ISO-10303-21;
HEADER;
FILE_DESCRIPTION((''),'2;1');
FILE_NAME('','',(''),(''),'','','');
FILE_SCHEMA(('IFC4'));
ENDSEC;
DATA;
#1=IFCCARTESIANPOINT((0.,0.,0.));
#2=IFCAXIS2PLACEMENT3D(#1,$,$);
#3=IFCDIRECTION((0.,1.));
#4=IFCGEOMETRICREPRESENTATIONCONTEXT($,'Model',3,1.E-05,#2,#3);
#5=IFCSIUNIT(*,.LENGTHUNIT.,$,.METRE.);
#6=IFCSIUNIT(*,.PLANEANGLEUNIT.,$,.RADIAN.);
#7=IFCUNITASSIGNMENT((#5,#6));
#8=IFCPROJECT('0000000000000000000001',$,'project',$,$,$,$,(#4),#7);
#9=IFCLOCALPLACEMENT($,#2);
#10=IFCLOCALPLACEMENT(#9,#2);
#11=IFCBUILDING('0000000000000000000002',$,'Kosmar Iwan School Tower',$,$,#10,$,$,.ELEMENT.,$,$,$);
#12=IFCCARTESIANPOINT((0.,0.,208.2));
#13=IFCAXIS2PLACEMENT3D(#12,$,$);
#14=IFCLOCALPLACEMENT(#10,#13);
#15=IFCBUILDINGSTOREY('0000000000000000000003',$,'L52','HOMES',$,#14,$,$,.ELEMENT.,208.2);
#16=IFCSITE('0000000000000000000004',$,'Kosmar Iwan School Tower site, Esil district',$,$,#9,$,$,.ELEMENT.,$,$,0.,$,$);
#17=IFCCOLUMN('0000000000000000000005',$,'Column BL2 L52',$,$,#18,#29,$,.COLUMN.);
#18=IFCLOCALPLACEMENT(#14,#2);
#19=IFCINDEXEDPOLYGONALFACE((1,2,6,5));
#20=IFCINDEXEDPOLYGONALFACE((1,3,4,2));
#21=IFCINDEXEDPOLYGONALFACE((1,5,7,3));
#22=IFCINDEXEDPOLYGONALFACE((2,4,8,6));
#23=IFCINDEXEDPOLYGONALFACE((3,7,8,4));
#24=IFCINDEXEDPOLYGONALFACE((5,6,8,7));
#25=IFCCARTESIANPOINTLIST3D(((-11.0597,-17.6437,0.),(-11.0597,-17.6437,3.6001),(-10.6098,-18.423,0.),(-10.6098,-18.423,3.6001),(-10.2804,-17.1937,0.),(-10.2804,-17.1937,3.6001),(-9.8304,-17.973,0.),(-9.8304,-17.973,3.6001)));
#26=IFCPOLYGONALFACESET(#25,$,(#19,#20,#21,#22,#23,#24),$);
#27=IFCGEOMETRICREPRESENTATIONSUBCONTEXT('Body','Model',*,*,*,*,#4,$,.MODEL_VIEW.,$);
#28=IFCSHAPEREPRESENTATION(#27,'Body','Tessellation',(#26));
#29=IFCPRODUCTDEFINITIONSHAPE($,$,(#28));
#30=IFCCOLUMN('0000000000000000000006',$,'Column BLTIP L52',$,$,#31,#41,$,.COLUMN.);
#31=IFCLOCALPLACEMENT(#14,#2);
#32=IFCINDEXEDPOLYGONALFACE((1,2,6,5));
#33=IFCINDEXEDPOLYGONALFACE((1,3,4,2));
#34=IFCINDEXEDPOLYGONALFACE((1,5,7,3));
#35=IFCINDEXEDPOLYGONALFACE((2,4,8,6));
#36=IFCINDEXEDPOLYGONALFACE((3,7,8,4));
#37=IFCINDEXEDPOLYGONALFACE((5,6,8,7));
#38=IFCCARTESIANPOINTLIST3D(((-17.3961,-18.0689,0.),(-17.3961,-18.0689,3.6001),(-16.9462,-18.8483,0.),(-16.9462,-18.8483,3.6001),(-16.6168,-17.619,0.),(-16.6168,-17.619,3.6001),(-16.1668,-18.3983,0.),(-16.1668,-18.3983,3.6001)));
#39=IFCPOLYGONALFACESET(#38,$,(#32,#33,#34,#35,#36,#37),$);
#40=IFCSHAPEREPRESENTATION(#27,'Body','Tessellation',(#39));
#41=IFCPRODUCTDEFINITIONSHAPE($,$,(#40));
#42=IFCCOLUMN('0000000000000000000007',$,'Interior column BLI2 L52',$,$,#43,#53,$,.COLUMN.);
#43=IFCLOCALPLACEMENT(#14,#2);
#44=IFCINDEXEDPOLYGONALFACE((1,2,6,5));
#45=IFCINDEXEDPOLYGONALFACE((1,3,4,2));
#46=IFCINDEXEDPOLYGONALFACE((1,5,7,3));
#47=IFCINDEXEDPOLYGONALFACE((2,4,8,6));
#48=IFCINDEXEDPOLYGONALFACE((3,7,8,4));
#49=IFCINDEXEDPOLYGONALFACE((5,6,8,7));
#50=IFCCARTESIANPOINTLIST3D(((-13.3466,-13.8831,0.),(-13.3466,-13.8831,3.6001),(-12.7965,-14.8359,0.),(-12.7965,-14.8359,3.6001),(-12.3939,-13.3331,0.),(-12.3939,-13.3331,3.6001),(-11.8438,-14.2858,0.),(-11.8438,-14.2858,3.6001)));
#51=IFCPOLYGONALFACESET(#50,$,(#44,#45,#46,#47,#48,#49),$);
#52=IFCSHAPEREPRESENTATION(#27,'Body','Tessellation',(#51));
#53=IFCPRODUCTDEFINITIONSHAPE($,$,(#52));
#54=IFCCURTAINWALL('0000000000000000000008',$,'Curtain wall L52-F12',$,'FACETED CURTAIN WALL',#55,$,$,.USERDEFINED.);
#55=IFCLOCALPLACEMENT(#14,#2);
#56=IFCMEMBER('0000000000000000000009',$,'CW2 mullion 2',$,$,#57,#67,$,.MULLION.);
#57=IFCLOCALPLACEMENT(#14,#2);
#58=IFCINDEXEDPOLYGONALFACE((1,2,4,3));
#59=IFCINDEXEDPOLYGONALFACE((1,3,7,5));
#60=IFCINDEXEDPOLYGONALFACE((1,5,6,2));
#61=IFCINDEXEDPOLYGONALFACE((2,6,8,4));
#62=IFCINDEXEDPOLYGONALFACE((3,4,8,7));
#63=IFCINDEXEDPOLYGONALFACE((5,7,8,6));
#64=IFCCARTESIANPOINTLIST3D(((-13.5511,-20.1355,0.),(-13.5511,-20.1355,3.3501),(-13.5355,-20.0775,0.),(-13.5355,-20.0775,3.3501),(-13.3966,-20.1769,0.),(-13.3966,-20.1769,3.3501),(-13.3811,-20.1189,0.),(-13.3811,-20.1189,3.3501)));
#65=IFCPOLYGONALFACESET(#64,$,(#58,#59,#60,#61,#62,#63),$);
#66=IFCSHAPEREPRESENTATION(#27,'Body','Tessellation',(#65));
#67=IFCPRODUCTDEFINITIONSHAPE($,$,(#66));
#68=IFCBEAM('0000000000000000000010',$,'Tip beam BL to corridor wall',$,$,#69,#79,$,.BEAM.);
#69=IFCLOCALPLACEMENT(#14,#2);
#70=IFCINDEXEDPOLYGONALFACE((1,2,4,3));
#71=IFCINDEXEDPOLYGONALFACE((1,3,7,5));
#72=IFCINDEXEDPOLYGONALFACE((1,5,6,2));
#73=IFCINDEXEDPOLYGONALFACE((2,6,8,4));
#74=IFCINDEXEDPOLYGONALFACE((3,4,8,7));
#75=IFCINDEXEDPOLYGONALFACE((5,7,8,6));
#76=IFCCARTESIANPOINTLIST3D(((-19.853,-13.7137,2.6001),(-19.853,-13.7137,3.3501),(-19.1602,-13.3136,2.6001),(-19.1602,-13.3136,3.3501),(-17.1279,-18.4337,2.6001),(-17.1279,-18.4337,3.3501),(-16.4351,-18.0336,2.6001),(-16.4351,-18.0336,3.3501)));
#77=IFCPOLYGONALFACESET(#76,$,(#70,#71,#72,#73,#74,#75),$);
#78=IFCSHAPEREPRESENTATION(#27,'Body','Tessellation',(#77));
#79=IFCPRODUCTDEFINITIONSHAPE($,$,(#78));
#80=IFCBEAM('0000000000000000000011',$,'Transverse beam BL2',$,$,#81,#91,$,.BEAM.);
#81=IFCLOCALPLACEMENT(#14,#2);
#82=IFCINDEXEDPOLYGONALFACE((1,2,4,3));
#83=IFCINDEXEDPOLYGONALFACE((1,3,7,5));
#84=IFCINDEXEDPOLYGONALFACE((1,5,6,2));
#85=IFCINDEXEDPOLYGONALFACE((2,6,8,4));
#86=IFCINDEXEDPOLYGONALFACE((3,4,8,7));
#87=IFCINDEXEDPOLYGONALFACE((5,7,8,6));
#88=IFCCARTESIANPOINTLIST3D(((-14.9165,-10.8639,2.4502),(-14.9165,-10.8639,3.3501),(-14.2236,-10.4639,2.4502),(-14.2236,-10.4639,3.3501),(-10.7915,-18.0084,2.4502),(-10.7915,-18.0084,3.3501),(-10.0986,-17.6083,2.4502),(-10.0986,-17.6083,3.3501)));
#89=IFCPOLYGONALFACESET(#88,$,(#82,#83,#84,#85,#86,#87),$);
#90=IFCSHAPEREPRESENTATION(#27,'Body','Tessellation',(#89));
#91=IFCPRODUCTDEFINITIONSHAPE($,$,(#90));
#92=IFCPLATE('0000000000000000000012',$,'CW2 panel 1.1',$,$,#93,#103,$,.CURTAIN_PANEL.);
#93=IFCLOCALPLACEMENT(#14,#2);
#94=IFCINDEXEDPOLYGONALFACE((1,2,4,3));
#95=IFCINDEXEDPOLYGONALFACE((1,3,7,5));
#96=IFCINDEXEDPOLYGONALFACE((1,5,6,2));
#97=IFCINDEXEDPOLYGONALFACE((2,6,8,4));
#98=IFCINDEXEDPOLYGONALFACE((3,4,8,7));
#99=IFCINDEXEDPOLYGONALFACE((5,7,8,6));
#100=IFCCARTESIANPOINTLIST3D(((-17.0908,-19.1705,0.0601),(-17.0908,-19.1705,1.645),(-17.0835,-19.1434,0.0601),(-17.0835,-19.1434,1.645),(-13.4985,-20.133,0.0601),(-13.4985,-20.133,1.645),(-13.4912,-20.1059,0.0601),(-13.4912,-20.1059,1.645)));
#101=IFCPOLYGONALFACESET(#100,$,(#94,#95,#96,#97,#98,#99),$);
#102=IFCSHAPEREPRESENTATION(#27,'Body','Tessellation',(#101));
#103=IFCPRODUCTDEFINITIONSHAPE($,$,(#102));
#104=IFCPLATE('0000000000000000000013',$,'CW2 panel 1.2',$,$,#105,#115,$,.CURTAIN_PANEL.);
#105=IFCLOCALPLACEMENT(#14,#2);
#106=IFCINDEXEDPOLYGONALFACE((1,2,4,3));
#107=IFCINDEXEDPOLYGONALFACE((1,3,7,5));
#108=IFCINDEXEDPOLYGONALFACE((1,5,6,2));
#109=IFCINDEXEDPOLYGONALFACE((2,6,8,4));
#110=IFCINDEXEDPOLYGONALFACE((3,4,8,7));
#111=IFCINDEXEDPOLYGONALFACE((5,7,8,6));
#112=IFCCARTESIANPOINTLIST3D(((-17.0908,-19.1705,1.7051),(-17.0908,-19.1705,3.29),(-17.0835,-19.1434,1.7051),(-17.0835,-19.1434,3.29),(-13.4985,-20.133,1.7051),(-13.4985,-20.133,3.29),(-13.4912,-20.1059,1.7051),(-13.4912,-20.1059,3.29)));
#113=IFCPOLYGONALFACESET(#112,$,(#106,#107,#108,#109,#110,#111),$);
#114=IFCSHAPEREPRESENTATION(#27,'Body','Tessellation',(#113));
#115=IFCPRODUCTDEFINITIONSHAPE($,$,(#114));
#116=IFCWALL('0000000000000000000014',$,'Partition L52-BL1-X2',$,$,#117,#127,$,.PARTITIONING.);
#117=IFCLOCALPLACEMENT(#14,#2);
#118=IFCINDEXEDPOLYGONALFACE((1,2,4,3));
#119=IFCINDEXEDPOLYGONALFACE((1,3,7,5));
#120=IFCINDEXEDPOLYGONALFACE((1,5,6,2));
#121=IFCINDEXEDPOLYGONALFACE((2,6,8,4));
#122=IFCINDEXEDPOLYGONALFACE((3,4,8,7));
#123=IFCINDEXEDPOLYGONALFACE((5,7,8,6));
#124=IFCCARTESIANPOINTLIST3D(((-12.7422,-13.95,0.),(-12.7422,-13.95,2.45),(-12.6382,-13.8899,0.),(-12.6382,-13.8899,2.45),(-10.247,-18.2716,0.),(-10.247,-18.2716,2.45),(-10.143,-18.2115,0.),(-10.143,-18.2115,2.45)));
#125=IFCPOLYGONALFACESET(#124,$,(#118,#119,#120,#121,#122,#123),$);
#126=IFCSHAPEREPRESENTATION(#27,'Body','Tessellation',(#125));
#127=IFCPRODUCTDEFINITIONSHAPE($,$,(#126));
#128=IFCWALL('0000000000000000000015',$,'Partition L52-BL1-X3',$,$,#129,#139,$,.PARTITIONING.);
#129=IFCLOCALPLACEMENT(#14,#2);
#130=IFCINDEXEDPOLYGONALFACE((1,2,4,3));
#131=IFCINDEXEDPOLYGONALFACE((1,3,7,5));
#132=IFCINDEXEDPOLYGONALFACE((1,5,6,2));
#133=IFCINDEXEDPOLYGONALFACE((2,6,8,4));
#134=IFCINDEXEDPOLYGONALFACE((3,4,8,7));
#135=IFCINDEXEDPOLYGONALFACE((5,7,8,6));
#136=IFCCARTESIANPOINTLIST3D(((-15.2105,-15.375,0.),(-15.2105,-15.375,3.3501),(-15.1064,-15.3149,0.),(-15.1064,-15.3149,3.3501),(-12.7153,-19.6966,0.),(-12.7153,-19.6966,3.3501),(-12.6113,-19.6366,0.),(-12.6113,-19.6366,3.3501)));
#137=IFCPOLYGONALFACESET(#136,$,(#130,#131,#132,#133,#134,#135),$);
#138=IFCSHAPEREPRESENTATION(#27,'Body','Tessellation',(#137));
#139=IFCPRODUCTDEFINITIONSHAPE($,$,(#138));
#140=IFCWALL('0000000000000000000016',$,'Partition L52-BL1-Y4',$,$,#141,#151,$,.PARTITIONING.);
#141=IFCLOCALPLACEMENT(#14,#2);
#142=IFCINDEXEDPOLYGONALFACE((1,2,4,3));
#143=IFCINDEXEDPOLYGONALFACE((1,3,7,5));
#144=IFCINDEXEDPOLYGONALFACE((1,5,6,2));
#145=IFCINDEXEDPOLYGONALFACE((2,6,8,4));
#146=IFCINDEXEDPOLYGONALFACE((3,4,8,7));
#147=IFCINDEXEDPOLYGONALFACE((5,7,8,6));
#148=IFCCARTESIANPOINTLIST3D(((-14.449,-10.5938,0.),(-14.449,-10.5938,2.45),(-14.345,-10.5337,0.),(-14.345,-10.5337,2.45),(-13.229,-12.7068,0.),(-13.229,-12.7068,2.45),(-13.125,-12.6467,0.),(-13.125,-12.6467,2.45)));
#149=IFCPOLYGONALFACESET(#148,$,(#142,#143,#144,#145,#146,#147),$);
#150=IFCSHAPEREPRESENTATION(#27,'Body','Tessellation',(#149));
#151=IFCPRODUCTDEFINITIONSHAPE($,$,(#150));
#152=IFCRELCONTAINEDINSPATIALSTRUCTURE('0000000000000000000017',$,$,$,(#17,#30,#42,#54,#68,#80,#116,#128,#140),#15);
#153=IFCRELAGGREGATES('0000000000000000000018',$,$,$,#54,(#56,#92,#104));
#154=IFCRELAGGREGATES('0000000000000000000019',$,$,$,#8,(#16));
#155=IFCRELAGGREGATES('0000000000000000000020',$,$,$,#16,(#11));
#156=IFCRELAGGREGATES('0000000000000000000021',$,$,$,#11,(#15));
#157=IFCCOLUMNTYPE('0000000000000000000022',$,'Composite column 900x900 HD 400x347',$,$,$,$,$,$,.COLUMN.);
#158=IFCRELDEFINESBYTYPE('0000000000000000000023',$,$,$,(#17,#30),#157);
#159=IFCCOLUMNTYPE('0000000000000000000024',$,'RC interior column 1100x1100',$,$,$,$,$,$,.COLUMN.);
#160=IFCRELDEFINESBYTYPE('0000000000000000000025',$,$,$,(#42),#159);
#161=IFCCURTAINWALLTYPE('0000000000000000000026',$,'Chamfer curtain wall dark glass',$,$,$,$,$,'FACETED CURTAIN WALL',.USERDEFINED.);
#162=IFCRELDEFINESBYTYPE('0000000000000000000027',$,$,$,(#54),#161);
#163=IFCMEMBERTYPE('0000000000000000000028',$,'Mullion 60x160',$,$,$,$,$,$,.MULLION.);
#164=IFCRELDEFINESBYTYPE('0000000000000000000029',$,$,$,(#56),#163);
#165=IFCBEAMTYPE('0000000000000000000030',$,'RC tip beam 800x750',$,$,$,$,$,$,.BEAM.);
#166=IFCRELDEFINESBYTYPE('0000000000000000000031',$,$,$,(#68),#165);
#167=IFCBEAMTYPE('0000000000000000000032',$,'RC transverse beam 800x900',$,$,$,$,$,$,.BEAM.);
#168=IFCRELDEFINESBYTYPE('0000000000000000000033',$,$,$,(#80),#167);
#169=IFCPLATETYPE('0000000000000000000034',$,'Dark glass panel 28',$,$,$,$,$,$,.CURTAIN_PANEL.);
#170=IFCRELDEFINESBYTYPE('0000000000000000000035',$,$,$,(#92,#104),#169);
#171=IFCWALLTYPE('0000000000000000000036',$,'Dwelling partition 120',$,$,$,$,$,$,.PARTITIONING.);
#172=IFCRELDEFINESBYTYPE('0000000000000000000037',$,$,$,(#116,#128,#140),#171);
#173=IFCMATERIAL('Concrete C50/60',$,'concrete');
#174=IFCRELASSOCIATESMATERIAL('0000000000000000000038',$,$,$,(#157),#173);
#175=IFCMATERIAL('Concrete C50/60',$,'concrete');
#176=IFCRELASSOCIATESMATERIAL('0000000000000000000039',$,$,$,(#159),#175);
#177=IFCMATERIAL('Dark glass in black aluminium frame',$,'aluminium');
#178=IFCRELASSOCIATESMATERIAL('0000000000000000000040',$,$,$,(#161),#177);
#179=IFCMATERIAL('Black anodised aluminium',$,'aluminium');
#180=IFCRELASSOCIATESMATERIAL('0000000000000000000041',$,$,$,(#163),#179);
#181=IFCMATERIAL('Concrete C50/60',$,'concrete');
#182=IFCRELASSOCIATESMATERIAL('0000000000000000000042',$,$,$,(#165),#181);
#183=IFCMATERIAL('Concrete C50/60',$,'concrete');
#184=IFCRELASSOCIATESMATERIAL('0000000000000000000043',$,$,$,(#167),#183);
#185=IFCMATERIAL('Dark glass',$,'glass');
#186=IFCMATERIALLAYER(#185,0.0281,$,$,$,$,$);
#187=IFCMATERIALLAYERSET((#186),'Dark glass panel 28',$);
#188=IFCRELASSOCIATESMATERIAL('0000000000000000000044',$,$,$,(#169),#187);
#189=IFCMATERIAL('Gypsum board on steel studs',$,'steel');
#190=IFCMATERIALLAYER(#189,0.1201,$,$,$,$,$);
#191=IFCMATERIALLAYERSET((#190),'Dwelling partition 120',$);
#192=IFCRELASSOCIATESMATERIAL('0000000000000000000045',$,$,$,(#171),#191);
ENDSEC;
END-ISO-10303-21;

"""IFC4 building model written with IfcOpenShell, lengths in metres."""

from ifc_helpers import new_model, si_unit, direction, frame, frame_2d, origin, origin_2d, place, context, subcontext, project, spatial, rectangle, extrude, material, layer, layer_set, material_profile, profile_set, type_object, element, aggregate, save


model = new_model("IFC4")

# Units and contexts
model_context = context("Model", 3, precision=1e-05, world=origin(), true_north=direction((0.0, 1.0)))
body_context = subcontext(model_context, "Body", "Model", "MODEL_VIEW")
ifc_project = project(units=[si_unit("LENGTHUNIT", "METRE"), si_unit("PLANEANGLEUNIT", "RADIAN")], contexts=[model_context])

# Site, building, storey
site_placement = place(None, origin())
site = spatial("IfcSite", under=ifc_project, at=site_placement, Name="Kosmar Iwan School Tower site, Esil district", CompositionType="ELEMENT", RefElevation=0.0)
building_placement = place(site_placement, origin())
building = spatial("IfcBuilding", under=site, at=building_placement, Name="Kosmar Iwan School Tower", CompositionType="ELEMENT")
storey_placement = place(building_placement, frame((0.0, 0.0, 208.2)))
storey = spatial("IfcBuildingStorey", under=building, at=storey_placement, Name="L52", Description="HOMES", CompositionType="ELEMENT", Elevation=208.2)

# Columns
ifc_material_1 = material(Name="Concrete C50/60", Category="concrete")
ifc_material_profile_1 = material_profile(ifc_material_1, rectangle(XDim=0.8999, YDim=0.8999, at=origin_2d()), Name="RC 900x900 + HD 400x347")
ifc_profile_set_1 = profile_set([ifc_material_profile_1], Name="Concrete C50/60")
column_type_1 = type_object("IfcColumnType", Name="Composite column 900x900 HD 400x347", PredefinedType="COLUMN", material=ifc_profile_set_1)
for number, where, z_axis, x_axis, name in (
    (1, (-10.4451, -17.8083, 0.0), (0.0, 0.0, 1.0), (-0.866025, -0.5, 0.0), "Column BL2 L52"),
    (2, (-16.7815, -18.2336, 0.0), (0.0, 0.0, 1.0), (-0.866025, -0.5, 0.0), "Column BLTIP L52"),
):
    element("IfcColumn", number, at=place(storey_placement, frame(where, z_axis=z_axis, x_axis=x_axis)), inside=storey, type_object=column_type_1, Name=name, PredefinedType="COLUMN", context=body_context, shape_type="SweptSolid", body=[
        extrude(rectangle(XDim=0.8999, YDim=0.8999, at=origin_2d()), origin(), (0.0, 0.0, 1.0), 3.6001),
    ])
ifc_material_2 = material(Name="Concrete C50/60", Category="concrete")
ifc_material_profile_2 = material_profile(ifc_material_2, rectangle(XDim=1.1001, YDim=1.1001, at=origin_2d()), Name="RC 1100x1100")
ifc_profile_set_2 = profile_set([ifc_material_profile_2], Name="Concrete C50/60")
column_type_2 = type_object("IfcColumnType", Name="RC interior column 1100x1100", PredefinedType="COLUMN", material=ifc_profile_set_2)
column_placement = place(storey_placement, frame((-12.5952, -14.0845, 0.0), z_axis=(0.0, 0.0, 1.0), x_axis=(-0.866025, -0.5, 0.0)))
element("IfcColumn", 3, at=column_placement, inside=storey, type_object=column_type_2, Name="Interior column BLI2 L52", PredefinedType="COLUMN", context=body_context, shape_type="SweptSolid", body=[
    extrude(rectangle(XDim=1.1001, YDim=1.1001, at=origin_2d()), origin(), (0.0, 0.0, 1.0), 3.6001),
])

# Curtain wall, member
ifc_material_3 = material(Name="Dark glass in black aluminium frame", Category="aluminium")
curtain_wall_type = type_object("IfcCurtainWallType", Name="Chamfer curtain wall dark glass", ElementType="FACETED CURTAIN WALL", PredefinedType="USERDEFINED", material=ifc_material_3)
curtain_wall_placement = place(storey_placement, origin())
curtain_wall = element("IfcCurtainWall", 4, at=curtain_wall_placement, inside=storey, type_object=curtain_wall_type, Name="Curtain wall L52-F12", ObjectType="FACETED CURTAIN WALL", PredefinedType="USERDEFINED")
ifc_material_4 = material(Name="Black anodised aluminium", Category="aluminium")
ifc_material_profile_3 = material_profile(ifc_material_4, rectangle(XDim=0.0601, YDim=0.1599, at=origin_2d()), Name="MULLION 60x160")
ifc_profile_set_3 = profile_set([ifc_material_profile_3], Name="Black anodised aluminium")
member_type = type_object("IfcMemberType", Name="Mullion 60x160", PredefinedType="MULLION", material=ifc_profile_set_3)
member_placement = place(storey_placement, frame((-13.4661, -20.1272, 0.0), z_axis=(0.0, 0.0, 1.0), x_axis=(0.258819, 0.965926, 0.0)))
member = element("IfcMember", 5, at=member_placement, type_object=member_type, Name="CW2 mullion 2", PredefinedType="MULLION", context=body_context, shape_type="SweptSolid", body=[
    extrude(rectangle(XDim=0.0601, YDim=0.1599, at=origin_2d()), origin(), (0.0, 0.0, 1.0), 3.3501),
])

# Beams
ifc_material_5 = material(Name="Concrete C50/60", Category="concrete")
ifc_material_profile_4 = material_profile(ifc_material_5, rectangle(XDim=0.8, YDim=0.75, at=origin_2d()), Name="RC 800x750")
ifc_profile_set_4 = profile_set([ifc_material_profile_4], Name="Concrete C50/60")
beam_type_1 = type_object("IfcBeamType", Name="RC tip beam 800x750", PredefinedType="BEAM", material=ifc_profile_set_4)
beam_1_placement = place(storey_placement, frame((-16.7815, -18.2336, 2.9751), z_axis=(-0.500003, 0.866024, 0.0), x_axis=(-0.866024, -0.500003, 0.0)))
element("IfcBeam", 6, at=beam_1_placement, inside=storey, type_object=beam_type_1, Name="Tip beam BL to corridor wall", PredefinedType="BEAM", context=body_context, shape_type="SweptSolid", body=[
    extrude(rectangle(XDim=0.8, YDim=0.75, at=origin_2d()), origin(), (0.0, 0.0, 1.0), 5.4502),
])
ifc_material_6 = material(Name="Concrete C50/60", Category="concrete")
ifc_material_profile_5 = material_profile(ifc_material_6, rectangle(XDim=0.8, YDim=0.8999, at=origin_2d()), Name="RC 800x900")
ifc_profile_set_5 = profile_set([ifc_material_profile_5], Name="Concrete C50/60")
beam_type_2 = type_object("IfcBeamType", Name="RC transverse beam 800x900", PredefinedType="BEAM", material=ifc_profile_set_5)
beam_2_placement = place(storey_placement, frame((-10.4451, -17.8083, 2.9001), z_axis=(-0.500009, 0.86602, 0.0), x_axis=(-0.86602, -0.500009, 0.0)))
element("IfcBeam", 7, at=beam_2_placement, inside=storey, type_object=beam_type_2, Name="Transverse beam BL2", PredefinedType="BEAM", context=body_context, shape_type="SweptSolid", body=[
    extrude(rectangle(XDim=0.8, YDim=0.8999, at=origin_2d()), origin(), (0.0, 0.0, 1.0), 8.2498),
])

# Plates
ifc_material_7 = material(Name="Dark glass", Category="glass")
ifc_layer_1 = layer(ifc_material_7, 0.0281)
ifc_layer_set_1 = layer_set([ifc_layer_1], Name="Dark glass panel 28")
plate_type = type_object("IfcPlateType", Name="Dark glass panel 28", PredefinedType="CURTAIN_PANEL", material=ifc_layer_set_1)
plate_1_placement = place(storey_placement, frame((-15.291, -19.6382, 0.0601), z_axis=(0.0, 0.0, 1.0), x_axis=(0.965926, -0.258819, 0.0)))
plate_1 = element("IfcPlate", 8, at=plate_1_placement, type_object=plate_type, Name="CW2 panel 1.1", PredefinedType="CURTAIN_PANEL", context=body_context, shape_type="SweptSolid", body=[
    extrude(rectangle(XDim=3.719, YDim=0.0281, at=origin_2d()), origin(), (0.0, 0.0, 1.0), 1.585),
])
plate_2_placement = place(storey_placement, frame((-15.291, -19.6382, 1.7051), z_axis=(0.0, 0.0, 1.0), x_axis=(0.965926, -0.258819, 0.0)))
plate_2 = element("IfcPlate", 9, at=plate_2_placement, type_object=plate_type, Name="CW2 panel 1.2", PredefinedType="CURTAIN_PANEL", context=body_context, shape_type="SweptSolid", body=[
    extrude(rectangle(XDim=3.719, YDim=0.0281, at=origin_2d()), origin(), (0.0, 0.0, 1.0), 1.585),
])
aggregate(curtain_wall, [member, plate_1, plate_2])

# Walls
ifc_material_8 = material(Name="Gypsum board on steel studs", Category="steel")
ifc_layer_2 = layer(ifc_material_8, 0.1201)
ifc_layer_set_2 = layer_set([ifc_layer_2], Name="Dwelling partition 120")
wall_type = type_object("IfcWallType", Name="Dwelling partition 120", PredefinedType="PARTITIONING", material=ifc_layer_set_2)
wall_1_placement = place(storey_placement, frame((-12.6902, -13.9199, 0.0), z_axis=(0.0, 0.0, 1.0), x_axis=(0.500012, -0.866019, 0.0)))
element("IfcWall", 10, at=wall_1_placement, inside=storey, type_object=wall_type, Name="Partition L52-BL1-X2", PredefinedType="PARTITIONING", context=body_context, shape_type="SweptSolid", body=[
    extrude(rectangle(XDim=4.9902, YDim=0.1201, at=frame_2d((2.4951, 0.0))), origin(), (0.0, 0.0, 1.0), 2.45),
])
wall_2_placement = place(storey_placement, frame((-15.1584, -15.345, 0.0), z_axis=(0.0, 0.0, 1.0), x_axis=(0.500012, -0.866019, 0.0)))
element("IfcWall", 11, at=wall_2_placement, inside=storey, type_object=wall_type, Name="Partition L52-BL1-X3", PredefinedType="PARTITIONING", context=body_context, shape_type="SweptSolid", body=[
    extrude(rectangle(XDim=4.9902, YDim=0.1201, at=frame_2d((2.4951, 0.0))), origin(), (0.0, 0.0, 1.0), 3.3501),
])
wall_3_placement = place(storey_placement, frame((-14.397, -10.5637, 0.0), z_axis=(0.0, 0.0, 1.0), x_axis=(0.500003, -0.866024, 0.0)))
element("IfcWall", 12, at=wall_3_placement, inside=storey, type_object=wall_type, Name="Partition L52-BL1-Y4", PredefinedType="PARTITIONING", context=body_context, shape_type="SweptSolid", body=[
    extrude(rectangle(XDim=2.4399, YDim=0.1201, at=frame_2d((1.22, 0.0))), origin(), (0.0, 0.0, 1.0), 2.45),
])

save(model, "model.ifc")
